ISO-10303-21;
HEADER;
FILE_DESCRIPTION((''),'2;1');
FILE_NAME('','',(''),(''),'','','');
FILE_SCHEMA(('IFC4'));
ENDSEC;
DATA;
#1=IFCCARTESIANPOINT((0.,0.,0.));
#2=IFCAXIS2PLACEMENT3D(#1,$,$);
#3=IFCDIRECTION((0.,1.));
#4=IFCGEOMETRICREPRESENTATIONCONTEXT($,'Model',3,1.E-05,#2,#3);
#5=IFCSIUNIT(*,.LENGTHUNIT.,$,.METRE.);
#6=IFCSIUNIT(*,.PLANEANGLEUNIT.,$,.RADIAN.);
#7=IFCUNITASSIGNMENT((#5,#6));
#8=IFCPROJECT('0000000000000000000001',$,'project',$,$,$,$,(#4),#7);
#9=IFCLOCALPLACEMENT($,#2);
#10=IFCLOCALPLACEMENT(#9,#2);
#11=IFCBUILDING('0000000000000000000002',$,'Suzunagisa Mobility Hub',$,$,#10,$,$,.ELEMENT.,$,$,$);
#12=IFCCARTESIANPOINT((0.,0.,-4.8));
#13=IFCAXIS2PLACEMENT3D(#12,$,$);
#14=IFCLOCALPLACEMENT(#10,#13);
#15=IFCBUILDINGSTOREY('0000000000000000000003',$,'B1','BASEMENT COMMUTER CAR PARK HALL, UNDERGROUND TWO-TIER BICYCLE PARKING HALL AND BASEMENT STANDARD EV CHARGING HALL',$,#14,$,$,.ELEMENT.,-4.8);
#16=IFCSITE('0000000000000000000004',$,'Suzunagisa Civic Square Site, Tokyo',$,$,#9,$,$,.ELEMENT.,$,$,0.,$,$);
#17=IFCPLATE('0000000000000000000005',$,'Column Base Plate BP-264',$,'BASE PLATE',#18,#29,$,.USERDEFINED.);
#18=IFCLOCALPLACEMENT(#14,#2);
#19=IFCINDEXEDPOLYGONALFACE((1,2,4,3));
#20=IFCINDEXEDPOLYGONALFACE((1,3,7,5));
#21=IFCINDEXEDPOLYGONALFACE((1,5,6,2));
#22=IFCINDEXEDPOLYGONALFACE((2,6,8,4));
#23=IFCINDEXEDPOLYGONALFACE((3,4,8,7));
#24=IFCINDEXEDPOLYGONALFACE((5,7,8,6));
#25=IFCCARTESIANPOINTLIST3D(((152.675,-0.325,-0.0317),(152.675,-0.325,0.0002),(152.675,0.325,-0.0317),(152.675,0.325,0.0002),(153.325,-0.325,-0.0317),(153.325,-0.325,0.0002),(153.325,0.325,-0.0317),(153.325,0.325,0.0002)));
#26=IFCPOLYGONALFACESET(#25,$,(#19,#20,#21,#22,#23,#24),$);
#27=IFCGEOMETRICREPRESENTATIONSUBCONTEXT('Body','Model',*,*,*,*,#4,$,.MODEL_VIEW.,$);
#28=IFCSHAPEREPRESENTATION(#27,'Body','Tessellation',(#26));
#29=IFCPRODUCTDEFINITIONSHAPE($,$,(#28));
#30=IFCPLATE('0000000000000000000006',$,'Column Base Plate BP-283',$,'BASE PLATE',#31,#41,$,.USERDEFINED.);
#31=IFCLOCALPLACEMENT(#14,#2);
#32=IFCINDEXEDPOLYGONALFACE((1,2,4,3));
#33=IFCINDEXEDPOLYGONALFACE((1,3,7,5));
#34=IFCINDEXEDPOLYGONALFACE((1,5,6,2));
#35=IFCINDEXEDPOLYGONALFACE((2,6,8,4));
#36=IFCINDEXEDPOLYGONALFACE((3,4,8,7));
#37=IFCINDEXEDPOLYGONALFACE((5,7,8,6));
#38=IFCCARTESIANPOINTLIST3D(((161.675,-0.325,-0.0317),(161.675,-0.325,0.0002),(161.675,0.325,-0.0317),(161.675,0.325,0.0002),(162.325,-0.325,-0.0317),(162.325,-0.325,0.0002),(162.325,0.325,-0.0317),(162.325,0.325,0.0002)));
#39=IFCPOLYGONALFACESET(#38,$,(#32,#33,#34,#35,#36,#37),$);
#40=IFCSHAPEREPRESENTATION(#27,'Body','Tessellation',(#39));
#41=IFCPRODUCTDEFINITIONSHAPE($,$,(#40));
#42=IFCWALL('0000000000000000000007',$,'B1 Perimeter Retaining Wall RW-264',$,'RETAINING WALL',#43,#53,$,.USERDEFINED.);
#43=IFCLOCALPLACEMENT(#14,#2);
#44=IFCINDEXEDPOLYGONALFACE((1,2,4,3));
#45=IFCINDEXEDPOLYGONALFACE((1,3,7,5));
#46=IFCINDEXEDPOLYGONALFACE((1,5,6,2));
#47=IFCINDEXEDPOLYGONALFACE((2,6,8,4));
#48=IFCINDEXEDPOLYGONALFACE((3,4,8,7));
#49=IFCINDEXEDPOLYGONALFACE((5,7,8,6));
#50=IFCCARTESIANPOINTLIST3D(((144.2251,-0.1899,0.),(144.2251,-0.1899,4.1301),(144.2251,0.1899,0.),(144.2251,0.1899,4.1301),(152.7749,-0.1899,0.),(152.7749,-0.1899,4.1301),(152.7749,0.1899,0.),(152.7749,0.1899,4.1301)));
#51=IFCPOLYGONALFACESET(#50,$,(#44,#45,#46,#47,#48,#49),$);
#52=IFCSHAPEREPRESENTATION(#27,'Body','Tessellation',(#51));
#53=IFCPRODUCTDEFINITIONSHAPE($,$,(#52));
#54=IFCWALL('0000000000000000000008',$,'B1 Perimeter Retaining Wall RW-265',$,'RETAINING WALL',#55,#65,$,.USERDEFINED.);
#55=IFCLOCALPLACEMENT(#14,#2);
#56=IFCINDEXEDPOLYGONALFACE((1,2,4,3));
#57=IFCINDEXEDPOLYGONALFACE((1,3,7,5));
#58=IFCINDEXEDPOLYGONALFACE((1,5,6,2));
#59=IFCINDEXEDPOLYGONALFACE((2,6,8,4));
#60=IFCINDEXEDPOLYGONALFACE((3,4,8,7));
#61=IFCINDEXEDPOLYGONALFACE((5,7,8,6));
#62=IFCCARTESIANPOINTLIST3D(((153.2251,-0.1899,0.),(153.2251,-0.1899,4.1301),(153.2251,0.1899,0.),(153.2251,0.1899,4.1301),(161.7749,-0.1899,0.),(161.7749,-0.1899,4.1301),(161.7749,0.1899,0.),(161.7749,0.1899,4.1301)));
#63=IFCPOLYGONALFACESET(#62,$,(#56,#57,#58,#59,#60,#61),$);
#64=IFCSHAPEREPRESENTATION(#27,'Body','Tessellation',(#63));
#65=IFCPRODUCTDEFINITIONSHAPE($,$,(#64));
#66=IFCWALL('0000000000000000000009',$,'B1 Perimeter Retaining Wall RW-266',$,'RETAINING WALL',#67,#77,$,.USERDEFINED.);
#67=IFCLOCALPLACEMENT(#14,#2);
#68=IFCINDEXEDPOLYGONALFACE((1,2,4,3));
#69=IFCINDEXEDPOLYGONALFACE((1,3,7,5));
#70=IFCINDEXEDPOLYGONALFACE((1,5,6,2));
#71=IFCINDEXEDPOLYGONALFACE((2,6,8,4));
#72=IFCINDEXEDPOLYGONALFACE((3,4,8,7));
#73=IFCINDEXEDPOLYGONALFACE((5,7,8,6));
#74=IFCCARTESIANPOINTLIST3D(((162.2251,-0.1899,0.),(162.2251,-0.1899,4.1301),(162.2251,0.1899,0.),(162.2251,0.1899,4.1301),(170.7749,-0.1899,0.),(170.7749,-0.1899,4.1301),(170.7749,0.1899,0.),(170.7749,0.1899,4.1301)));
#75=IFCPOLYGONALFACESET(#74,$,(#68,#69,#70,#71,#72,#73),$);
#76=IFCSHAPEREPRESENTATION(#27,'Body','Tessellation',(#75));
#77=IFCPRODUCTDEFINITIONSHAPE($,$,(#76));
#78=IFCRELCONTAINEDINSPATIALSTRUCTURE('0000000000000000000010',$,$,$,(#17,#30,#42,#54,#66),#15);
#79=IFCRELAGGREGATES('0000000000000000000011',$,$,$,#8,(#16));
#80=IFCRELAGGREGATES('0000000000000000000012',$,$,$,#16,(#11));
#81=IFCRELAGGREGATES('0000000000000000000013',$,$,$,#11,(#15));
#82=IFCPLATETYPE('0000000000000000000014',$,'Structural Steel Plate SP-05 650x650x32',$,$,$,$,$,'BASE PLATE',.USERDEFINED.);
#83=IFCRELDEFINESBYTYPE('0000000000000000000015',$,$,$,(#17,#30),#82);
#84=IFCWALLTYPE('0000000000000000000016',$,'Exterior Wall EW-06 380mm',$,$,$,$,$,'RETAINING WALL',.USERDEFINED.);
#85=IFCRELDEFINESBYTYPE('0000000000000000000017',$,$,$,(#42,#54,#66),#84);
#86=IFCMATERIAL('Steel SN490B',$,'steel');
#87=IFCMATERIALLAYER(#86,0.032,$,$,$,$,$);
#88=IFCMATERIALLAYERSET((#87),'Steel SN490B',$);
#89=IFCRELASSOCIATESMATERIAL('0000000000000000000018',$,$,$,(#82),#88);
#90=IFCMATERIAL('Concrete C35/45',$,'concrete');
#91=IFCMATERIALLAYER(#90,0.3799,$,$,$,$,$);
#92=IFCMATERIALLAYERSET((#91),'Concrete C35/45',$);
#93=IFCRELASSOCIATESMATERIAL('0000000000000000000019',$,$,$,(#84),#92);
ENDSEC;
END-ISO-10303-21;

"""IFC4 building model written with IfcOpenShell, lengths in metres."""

from ifc_helpers import new_model, si_unit, direction, frame, frame_2d, origin, origin_2d, place, context, subcontext, project, spatial, rectangle, extrude, material, layer, layer_set, type_object, element, save


model = new_model("IFC4")

# Units and contexts
model_context = context("Model", 3, precision=1e-05, world=origin(), true_north=direction((0.0, 1.0)))
body_context = subcontext(model_context, "Body", "Model", "MODEL_VIEW")
ifc_project = project(units=[si_unit("LENGTHUNIT", "METRE"), si_unit("PLANEANGLEUNIT", "RADIAN")], contexts=[model_context])

# Site, building, storey
site_placement = place(None, origin())
site = spatial("IfcSite", under=ifc_project, at=site_placement, Name="Suzunagisa Civic Square Site, Tokyo", CompositionType="ELEMENT", RefElevation=0.0)
building_placement = place(site_placement, origin())
building = spatial("IfcBuilding", under=site, at=building_placement, Name="Suzunagisa Mobility Hub", CompositionType="ELEMENT")
storey_placement = place(building_placement, frame((0.0, 0.0, -4.8)))
storey = spatial("IfcBuildingStorey", under=building, at=storey_placement, Name="B1", Description="BASEMENT COMMUTER CAR PARK HALL, UNDERGROUND TWO-TIER BICYCLE PARKING HALL AND BASEMENT STANDARD EV CHARGING HALL", CompositionType="ELEMENT", Elevation=-4.8)

# Shared definitions
ifc_material_1 = material(Name="Concrete C35/45", Category="concrete")

# Shared definitions
ifc_material_2 = material(Name="Steel SN490B", Category="steel")

# Plates
ifc_layer_1 = layer(ifc_material_2, 0.032)
ifc_layer_set_1 = layer_set([ifc_layer_1], Name="Steel SN490B")
plate_type = type_object("IfcPlateType", Name="Structural Steel Plate SP-05 650x650x32", ElementType="BASE PLATE", PredefinedType="USERDEFINED", material=ifc_layer_set_1)
for number, where, z_axis, x_axis, name in (
    (1, (153.0, 0.0, -0.0317), (0.0, 0.0, 1.0), (1.0, 0.0, 0.0), "Column Base Plate BP-264"),
    (2, (162.0, 0.0, -0.0317), (0.0, 0.0, 1.0), (1.0, 0.0, 0.0), "Column Base Plate BP-283"),
):
    element("IfcPlate", number, at=place(storey_placement, frame(where, z_axis=z_axis, x_axis=x_axis)), inside=storey, type_object=plate_type, Name=name, ObjectType="BASE PLATE", PredefinedType="USERDEFINED", context=body_context, shape_type="SweptSolid", body=[
        extrude(rectangle(XDim=0.6499, YDim=0.6499, at=origin_2d()), origin(), (0.0, 0.0, 1.0), 0.032),
    ])

# Walls
ifc_layer_2 = layer(ifc_material_1, 0.3799)
ifc_layer_set_2 = layer_set([ifc_layer_2], Name="Concrete C35/45")
wall_type = type_object("IfcWallType", Name="Exterior Wall EW-06 380mm", ElementType="RETAINING WALL", PredefinedType="USERDEFINED", material=ifc_layer_set_2)
for number, where, z_axis, x_axis, name in (
    (3, (144.2251, 0.0, 0.0), (0.0, 0.0, 1.0), (1.0, 0.0, 0.0), "B1 Perimeter Retaining Wall RW-264"),
    (4, (153.2251, 0.0, 0.0), (0.0, 0.0, 1.0), (1.0, 0.0, 0.0), "B1 Perimeter Retaining Wall RW-265"),
    (5, (162.2251, 0.0, 0.0), (0.0, 0.0, 1.0), (1.0, 0.0, 0.0), "B1 Perimeter Retaining Wall RW-266"),
):
    element("IfcWall", number, at=place(storey_placement, frame(where, z_axis=z_axis, x_axis=x_axis)), inside=storey, type_object=wall_type, Name=name, ObjectType="RETAINING WALL", PredefinedType="USERDEFINED", context=body_context, shape_type="SweptSolid", body=[
        extrude(rectangle(XDim=8.5498, YDim=0.3799, at=frame_2d((4.2749, 0.0))), origin(), (0.0, 0.0, 1.0), 4.1301),
    ])

save(model, "model.ifc")
